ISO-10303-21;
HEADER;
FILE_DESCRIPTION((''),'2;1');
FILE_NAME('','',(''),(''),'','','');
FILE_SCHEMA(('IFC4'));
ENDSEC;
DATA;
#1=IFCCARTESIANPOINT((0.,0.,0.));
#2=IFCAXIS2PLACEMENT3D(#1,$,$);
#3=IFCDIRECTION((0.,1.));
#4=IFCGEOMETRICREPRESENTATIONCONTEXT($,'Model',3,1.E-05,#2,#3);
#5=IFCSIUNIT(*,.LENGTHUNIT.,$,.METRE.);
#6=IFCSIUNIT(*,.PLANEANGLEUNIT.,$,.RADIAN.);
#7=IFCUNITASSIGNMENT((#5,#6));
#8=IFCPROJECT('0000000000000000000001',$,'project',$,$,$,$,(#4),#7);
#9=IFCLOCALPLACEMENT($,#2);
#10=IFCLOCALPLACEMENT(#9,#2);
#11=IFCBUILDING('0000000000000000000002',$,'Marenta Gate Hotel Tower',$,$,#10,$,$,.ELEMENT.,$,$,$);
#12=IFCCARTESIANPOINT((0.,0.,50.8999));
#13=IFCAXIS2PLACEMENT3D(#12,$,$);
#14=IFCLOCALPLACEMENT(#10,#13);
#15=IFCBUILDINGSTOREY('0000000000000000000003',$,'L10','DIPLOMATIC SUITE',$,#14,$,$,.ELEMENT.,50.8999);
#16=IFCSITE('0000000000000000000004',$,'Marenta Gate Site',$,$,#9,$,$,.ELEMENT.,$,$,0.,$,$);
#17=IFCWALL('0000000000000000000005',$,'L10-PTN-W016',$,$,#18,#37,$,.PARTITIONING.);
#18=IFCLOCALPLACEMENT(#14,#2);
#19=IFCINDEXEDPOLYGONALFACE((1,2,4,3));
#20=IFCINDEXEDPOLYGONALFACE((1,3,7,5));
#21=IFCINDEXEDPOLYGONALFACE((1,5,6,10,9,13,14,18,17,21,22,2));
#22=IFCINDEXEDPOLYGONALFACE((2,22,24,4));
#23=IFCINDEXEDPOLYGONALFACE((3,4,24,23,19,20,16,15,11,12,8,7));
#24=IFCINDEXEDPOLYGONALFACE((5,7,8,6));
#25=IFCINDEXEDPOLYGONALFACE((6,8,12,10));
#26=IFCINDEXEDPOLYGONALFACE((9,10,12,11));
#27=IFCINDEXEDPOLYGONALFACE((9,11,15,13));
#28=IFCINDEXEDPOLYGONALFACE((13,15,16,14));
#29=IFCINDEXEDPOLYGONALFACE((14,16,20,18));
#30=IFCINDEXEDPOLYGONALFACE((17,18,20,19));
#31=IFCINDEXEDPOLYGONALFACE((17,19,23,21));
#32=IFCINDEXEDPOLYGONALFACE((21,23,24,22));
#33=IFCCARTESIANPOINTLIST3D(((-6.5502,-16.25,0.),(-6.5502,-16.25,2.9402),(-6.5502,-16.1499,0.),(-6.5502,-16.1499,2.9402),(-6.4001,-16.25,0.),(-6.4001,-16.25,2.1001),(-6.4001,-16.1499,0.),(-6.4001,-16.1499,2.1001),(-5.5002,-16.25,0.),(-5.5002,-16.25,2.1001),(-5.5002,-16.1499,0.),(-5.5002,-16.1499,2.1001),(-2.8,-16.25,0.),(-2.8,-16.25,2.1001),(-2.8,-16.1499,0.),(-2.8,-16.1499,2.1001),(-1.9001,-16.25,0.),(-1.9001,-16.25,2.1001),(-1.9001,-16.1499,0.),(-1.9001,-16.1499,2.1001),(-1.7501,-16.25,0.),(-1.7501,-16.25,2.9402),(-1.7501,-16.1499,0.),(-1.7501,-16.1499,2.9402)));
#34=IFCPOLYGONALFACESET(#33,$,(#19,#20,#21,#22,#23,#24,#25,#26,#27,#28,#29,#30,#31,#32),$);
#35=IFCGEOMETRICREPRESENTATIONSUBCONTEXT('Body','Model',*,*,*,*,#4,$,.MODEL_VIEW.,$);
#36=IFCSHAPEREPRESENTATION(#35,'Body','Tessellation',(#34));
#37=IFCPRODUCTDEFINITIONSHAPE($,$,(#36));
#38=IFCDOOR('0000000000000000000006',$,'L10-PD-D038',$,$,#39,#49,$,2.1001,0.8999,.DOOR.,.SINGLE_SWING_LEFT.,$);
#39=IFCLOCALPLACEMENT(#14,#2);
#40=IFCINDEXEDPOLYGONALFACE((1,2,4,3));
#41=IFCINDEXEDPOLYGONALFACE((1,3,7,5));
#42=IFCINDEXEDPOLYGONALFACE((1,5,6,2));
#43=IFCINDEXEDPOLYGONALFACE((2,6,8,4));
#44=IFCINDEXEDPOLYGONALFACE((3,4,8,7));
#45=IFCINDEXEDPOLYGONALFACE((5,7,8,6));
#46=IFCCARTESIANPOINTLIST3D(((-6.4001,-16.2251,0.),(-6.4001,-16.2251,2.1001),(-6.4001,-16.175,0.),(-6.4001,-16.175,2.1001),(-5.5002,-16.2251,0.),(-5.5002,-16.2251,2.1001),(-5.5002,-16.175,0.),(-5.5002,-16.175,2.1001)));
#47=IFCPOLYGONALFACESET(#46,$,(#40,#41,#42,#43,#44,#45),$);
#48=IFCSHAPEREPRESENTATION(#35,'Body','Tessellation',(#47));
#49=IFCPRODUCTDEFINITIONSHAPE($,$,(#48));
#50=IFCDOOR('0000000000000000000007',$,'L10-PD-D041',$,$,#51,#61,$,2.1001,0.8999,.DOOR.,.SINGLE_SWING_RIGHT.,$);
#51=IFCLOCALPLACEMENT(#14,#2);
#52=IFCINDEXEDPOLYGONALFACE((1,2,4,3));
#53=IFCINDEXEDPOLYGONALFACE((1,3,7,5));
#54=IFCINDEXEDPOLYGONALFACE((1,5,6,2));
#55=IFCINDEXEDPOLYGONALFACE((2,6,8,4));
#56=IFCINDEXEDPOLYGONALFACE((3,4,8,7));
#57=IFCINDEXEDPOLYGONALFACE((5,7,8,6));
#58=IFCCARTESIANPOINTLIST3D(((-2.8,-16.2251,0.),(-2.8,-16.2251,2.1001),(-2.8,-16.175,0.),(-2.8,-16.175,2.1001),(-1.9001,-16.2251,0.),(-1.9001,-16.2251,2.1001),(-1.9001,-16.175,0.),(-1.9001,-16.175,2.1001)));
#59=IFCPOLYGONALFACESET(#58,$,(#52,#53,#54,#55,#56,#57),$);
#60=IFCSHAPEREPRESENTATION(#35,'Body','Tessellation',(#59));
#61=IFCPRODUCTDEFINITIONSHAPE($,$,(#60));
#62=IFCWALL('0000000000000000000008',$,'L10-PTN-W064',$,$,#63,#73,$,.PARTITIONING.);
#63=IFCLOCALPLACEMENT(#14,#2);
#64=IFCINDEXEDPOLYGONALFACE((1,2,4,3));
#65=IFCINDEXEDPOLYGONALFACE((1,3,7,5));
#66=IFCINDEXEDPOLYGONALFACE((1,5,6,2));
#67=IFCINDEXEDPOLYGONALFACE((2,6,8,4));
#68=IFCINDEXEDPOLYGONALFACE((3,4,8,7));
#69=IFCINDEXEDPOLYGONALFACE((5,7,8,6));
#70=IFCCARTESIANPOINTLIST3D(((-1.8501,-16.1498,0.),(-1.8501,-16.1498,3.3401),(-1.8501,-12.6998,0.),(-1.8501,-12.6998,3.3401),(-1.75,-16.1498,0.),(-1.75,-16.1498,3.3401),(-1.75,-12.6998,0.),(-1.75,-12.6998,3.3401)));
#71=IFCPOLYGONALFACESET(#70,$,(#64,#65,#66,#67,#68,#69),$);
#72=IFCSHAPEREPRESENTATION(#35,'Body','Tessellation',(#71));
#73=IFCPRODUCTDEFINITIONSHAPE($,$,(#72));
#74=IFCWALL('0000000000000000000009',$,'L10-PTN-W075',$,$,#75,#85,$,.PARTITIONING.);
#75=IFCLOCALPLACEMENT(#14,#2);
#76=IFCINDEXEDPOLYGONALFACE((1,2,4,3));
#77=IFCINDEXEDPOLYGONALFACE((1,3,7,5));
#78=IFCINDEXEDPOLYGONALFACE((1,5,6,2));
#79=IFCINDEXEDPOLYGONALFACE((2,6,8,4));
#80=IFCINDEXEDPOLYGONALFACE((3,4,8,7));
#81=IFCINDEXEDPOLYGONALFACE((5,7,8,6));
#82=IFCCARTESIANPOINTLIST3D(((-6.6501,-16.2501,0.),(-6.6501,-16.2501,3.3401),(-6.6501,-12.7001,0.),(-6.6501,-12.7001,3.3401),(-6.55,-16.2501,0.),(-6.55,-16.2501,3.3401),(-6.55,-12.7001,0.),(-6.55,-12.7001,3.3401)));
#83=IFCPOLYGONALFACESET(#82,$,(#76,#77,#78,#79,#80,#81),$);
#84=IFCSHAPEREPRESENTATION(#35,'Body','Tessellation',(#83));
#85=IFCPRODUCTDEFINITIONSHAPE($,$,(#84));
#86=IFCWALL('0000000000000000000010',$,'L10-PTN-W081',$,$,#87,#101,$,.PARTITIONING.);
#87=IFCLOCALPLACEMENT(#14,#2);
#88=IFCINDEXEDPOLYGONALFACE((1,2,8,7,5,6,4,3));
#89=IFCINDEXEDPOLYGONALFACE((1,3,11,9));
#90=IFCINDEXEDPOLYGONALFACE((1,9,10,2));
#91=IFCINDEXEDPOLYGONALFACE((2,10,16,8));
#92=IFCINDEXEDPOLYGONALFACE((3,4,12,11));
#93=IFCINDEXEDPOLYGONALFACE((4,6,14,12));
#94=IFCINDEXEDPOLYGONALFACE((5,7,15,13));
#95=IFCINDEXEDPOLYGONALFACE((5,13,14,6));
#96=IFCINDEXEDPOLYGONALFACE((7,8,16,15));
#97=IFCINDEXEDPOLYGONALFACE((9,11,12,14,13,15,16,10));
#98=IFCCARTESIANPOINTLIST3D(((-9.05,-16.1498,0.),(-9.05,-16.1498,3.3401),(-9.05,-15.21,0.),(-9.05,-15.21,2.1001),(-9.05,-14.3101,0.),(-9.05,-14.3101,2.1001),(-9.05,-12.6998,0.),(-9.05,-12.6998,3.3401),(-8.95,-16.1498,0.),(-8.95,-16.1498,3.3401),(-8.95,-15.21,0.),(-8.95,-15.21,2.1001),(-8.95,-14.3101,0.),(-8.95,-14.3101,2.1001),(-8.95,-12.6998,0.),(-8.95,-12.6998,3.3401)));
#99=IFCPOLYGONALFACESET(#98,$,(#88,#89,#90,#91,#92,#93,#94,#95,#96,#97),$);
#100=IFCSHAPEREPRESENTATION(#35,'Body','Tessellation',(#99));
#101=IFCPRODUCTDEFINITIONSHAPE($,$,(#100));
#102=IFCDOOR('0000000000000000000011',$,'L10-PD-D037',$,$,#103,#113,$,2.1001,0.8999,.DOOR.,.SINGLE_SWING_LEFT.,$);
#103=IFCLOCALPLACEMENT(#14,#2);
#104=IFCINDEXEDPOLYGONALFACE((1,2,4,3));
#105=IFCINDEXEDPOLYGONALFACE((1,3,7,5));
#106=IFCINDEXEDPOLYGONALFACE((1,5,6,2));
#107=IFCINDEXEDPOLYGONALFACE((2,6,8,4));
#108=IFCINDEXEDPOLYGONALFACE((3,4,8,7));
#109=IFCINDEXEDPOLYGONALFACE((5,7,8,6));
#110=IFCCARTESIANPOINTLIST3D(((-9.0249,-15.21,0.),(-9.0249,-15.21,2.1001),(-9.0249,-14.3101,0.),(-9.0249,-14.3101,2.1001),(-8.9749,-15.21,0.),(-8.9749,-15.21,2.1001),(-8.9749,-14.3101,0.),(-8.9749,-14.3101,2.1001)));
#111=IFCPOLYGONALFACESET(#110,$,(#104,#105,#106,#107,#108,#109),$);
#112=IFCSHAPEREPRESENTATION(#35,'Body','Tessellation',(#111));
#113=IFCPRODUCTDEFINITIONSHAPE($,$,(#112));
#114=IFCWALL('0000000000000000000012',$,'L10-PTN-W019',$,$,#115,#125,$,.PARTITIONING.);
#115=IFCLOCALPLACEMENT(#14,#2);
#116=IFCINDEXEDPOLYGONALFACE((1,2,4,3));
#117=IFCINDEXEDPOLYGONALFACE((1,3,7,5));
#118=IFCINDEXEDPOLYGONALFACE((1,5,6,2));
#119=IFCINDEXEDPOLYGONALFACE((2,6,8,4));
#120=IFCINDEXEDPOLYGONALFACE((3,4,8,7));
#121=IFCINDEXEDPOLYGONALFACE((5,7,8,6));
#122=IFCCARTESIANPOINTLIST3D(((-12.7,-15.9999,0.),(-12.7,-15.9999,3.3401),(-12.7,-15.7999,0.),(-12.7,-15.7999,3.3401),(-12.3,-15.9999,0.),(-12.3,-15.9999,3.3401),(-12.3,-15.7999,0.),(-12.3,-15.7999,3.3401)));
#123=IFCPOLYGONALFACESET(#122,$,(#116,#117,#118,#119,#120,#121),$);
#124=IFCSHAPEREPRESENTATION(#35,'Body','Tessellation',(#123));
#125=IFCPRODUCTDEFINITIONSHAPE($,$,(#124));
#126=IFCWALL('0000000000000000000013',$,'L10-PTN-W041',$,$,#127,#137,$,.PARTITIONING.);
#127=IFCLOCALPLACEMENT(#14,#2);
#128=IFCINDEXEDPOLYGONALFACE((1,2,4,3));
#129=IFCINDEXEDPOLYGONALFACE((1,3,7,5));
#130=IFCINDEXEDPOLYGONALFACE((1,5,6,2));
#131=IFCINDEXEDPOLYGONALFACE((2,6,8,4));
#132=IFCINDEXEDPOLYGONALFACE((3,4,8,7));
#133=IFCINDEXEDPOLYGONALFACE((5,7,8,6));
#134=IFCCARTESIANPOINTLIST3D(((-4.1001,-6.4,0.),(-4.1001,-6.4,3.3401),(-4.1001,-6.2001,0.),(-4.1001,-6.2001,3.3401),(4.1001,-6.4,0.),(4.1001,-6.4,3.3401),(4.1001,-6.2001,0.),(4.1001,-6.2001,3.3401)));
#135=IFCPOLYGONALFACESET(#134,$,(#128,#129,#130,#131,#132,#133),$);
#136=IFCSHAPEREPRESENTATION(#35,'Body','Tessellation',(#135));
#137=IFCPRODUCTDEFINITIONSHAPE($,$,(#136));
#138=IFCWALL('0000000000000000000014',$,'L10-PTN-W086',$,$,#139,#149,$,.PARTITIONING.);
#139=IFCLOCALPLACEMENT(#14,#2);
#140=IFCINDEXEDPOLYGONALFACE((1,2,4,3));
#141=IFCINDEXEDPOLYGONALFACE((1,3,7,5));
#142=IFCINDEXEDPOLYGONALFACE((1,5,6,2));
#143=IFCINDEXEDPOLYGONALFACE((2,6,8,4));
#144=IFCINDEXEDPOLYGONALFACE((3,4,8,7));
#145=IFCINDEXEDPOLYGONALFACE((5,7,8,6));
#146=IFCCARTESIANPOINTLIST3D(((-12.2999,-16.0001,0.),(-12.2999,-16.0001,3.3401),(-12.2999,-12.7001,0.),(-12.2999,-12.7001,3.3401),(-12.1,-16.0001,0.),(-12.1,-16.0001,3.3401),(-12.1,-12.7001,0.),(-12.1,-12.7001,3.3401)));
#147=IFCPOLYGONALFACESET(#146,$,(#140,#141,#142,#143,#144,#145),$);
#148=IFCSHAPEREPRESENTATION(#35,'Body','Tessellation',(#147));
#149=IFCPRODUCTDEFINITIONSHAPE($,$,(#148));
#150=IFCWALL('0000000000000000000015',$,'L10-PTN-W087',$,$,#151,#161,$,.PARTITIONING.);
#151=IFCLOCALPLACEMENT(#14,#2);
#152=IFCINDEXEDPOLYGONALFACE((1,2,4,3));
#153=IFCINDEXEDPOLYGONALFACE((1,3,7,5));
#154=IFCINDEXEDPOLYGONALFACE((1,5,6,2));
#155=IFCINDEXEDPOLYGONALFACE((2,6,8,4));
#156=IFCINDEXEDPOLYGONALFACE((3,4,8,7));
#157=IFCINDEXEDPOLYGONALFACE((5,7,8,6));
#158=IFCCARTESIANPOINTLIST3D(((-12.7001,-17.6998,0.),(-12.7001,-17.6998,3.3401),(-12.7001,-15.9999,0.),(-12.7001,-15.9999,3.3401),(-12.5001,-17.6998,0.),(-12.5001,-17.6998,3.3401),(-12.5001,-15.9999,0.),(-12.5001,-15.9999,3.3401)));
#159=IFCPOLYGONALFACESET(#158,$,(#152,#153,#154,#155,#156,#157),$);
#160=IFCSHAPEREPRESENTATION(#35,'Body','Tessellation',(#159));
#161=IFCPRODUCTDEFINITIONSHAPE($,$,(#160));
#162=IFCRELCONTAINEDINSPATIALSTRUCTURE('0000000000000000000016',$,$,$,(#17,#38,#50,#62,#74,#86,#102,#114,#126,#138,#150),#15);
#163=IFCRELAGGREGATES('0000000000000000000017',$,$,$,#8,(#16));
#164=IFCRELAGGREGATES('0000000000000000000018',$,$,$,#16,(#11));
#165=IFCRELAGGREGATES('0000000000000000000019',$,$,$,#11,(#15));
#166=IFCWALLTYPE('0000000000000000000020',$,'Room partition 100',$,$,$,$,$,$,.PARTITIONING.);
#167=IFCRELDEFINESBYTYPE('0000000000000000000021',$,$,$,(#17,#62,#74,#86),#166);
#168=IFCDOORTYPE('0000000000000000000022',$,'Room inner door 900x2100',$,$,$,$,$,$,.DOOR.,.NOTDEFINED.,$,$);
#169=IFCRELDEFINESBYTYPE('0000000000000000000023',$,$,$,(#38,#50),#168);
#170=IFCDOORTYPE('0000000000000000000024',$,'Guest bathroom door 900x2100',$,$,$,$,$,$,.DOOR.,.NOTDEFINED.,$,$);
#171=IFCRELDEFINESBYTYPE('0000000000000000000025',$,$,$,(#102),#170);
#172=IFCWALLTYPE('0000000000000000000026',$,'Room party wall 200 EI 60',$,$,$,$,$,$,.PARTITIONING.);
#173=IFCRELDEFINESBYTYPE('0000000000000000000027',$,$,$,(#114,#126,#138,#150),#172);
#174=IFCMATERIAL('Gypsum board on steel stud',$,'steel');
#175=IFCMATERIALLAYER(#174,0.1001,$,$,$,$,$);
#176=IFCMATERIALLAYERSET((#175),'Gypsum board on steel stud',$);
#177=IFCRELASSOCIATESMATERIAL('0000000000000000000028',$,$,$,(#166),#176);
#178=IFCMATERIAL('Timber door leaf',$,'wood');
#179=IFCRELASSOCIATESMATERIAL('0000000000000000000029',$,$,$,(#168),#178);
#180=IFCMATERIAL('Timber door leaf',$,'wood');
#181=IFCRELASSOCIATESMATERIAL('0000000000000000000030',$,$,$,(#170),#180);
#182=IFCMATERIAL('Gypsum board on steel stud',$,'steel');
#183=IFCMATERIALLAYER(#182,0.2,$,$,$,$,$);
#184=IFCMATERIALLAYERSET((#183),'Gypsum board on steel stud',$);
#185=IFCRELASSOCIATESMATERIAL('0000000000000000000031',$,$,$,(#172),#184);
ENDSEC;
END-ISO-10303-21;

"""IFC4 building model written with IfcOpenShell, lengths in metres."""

from ifc_helpers import new_model, si_unit, direction, frame, frame_2d, origin, place, context, subcontext, project, spatial, rectangle, extrude, material, layer, layer_set, type_object, element, fill, save


model = new_model("IFC4")

# Units and contexts
model_context = context("Model", 3, precision=1e-05, world=origin(), true_north=direction((0.0, 1.0)))
body_context = subcontext(model_context, "Body", "Model", "MODEL_VIEW")
ifc_project = project(units=[si_unit("LENGTHUNIT", "METRE"), si_unit("PLANEANGLEUNIT", "RADIAN")], contexts=[model_context])

# Site, building, storey
site_placement = place(None, origin())
site = spatial("IfcSite", under=ifc_project, at=site_placement, Name="Marenta Gate Site", CompositionType="ELEMENT", RefElevation=0.0)
building_placement = place(site_placement, origin())
building = spatial("IfcBuilding", under=site, at=building_placement, Name="Marenta Gate Hotel Tower", CompositionType="ELEMENT")
storey_placement = place(building_placement, frame((0.0, 0.0, 50.8999)))
storey = spatial("IfcBuildingStorey", under=building, at=storey_placement, Name="L10", Description="DIPLOMATIC SUITE", CompositionType="ELEMENT", Elevation=50.8999)

# Shared definitions
ifc_material_1 = material(Name="Gypsum board on steel stud", Category="steel")
ifc_layer_1 = layer(ifc_material_1, 0.1001)
ifc_layer_set_1 = layer_set([ifc_layer_1], Name="Gypsum board on steel stud")
wall_type_1 = type_object("IfcWallType", Name="Room partition 100", PredefinedType="PARTITIONING", material=ifc_layer_set_1)

# Wall, openings, doors
wall_1_placement = place(storey_placement, frame((-6.55, -16.2, 0.0), z_axis=(0.0, 0.0, 1.0), x_axis=(1.0, 0.0, 0.0)))
wall_1 = element("IfcWall", 1, at=wall_1_placement, inside=storey, type_object=wall_type_1, Name="L10-PTN-W016", PredefinedType="PARTITIONING", context=body_context, shape_type="SweptSolid", body=[
    extrude(rectangle(XDim=4.8, YDim=0.1001, at=frame_2d((2.3999, 0.0))), origin(), (0.0, 0.0, 1.0), 2.9402),
])
opening_1_placement = place(wall_1_placement, frame((0.1499, 0.0, 0.0)))
opening_1 = element("IfcOpeningElement", 2, at=opening_1_placement, cuts=wall_1, PredefinedType="OPENING", context=body_context, shape_type="SweptSolid", body=[
    extrude(rectangle(XDim=0.8999, YDim=2.1001, at=frame_2d((0.45, 1.05))), frame((0.0, 0.05, 0.0), z_axis=(0.0, -1.0, 0.0), x_axis=(1.0, 0.0, 0.0)), (0.0, 0.0, 1.0), 0.1001),
])
opening_2_placement = place(wall_1_placement, frame((3.75, 0.0, 0.0)))
opening_2 = element("IfcOpeningElement", 3, at=opening_2_placement, cuts=wall_1, PredefinedType="OPENING", context=body_context, shape_type="SweptSolid", body=[
    extrude(rectangle(XDim=0.8999, YDim=2.1001, at=frame_2d((0.45, 1.05))), frame((0.0, 0.05, 0.0), z_axis=(0.0, -1.0, 0.0), x_axis=(1.0, 0.0, 0.0)), (0.0, 0.0, 1.0), 0.1001),
])
ifc_material_2 = material(Name="Timber door leaf", Category="wood")
door_type_1 = type_object("IfcDoorType", Name="Room inner door 900x2100", OperationType="NOTDEFINED", PredefinedType="DOOR", material=ifc_material_2)
door_1_placement = place(opening_1_placement, origin())
door_1 = element("IfcDoor", 4, at=door_1_placement, inside=storey, type_object=door_type_1, Name="L10-PD-D038", OperationType="SINGLE_SWING_LEFT", OverallHeight=2.1001, OverallWidth=0.8999, PredefinedType="DOOR", context=body_context, shape_type="SweptSolid", body=[
    extrude(rectangle(XDim=0.8999, YDim=2.1001, at=frame_2d((0.45, 1.05))), frame((0.0, 0.0249, 0.0), z_axis=(0.0, -1.0, 0.0), x_axis=(1.0, 0.0, 0.0)), (0.0, 0.0, 1.0), 0.05),
])
fill(opening_1, door_1)
door_2_placement = place(opening_2_placement, origin())
door_2 = element("IfcDoor", 5, at=door_2_placement, inside=storey, type_object=door_type_1, Name="L10-PD-D041", OperationType="SINGLE_SWING_RIGHT", OverallHeight=2.1001, OverallWidth=0.8999, PredefinedType="DOOR", context=body_context, shape_type="SweptSolid", body=[
    extrude(rectangle(XDim=0.8999, YDim=2.1001, at=frame_2d((0.45, 1.05))), frame((0.0, 0.0249, 0.0), z_axis=(0.0, -1.0, 0.0), x_axis=(1.0, 0.0, 0.0)), (0.0, 0.0, 1.0), 0.05),
])
fill(opening_2, door_2)

# Walls
wall_2_placement = place(storey_placement, frame((-1.8, -16.1499, 0.0), z_axis=(0.0, 0.0, 1.0), x_axis=(0.0, 1.0, 0.0)))
element("IfcWall", 6, at=wall_2_placement, inside=storey, type_object=wall_type_1, Name="L10-PTN-W064", PredefinedType="PARTITIONING", context=body_context, shape_type="SweptSolid", body=[
    extrude(rectangle(XDim=3.45, YDim=0.1001, at=frame_2d((1.7251, 0.0))), origin(), (0.0, 0.0, 1.0), 3.3401),
])
wall_3_placement = place(storey_placement, frame((-6.6001, -16.25, 0.0), z_axis=(0.0, 0.0, 1.0), x_axis=(0.0, 1.0, 0.0)))
element("IfcWall", 7, at=wall_3_placement, inside=storey, type_object=wall_type_1, Name="L10-PTN-W075", PredefinedType="PARTITIONING", context=body_context, shape_type="SweptSolid", body=[
    extrude(rectangle(XDim=3.55, YDim=0.1001, at=frame_2d((1.7749, 0.0))), origin(), (0.0, 0.0, 1.0), 3.3401),
])

# Wall, opening, door
wall_4_placement = place(storey_placement, frame((-9.0, -16.1499, 0.0), z_axis=(0.0, 0.0, 1.0), x_axis=(0.0, 1.0, 0.0)))
wall_4 = element("IfcWall", 8, at=wall_4_placement, inside=storey, type_object=wall_type_1, Name="L10-PTN-W081", PredefinedType="PARTITIONING", context=body_context, shape_type="SweptSolid", body=[
    extrude(rectangle(XDim=3.45, YDim=0.1001, at=frame_2d((1.7251, 0.0))), origin(), (0.0, 0.0, 1.0), 3.3401),
])
opening_3_placement = place(wall_4_placement, frame((0.9399, 0.0, 0.0)))
opening_3 = element("IfcOpeningElement", 9, at=opening_3_placement, cuts=wall_4, PredefinedType="OPENING", context=body_context, shape_type="SweptSolid", body=[
    extrude(rectangle(XDim=0.8999, YDim=2.1001, at=frame_2d((0.45, 1.05))), frame((0.0, 0.05, 0.0), z_axis=(0.0, -1.0, 0.0), x_axis=(1.0, 0.0, 0.0)), (0.0, 0.0, 1.0), 0.1001),
])
ifc_material_3 = material(Name="Timber door leaf", Category="wood")
door_type_2 = type_object("IfcDoorType", Name="Guest bathroom door 900x2100", OperationType="NOTDEFINED", PredefinedType="DOOR", material=ifc_material_3)
door_3_placement = place(opening_3_placement, origin())
door_3 = element("IfcDoor", 10, at=door_3_placement, inside=storey, type_object=door_type_2, Name="L10-PD-D037", OperationType="SINGLE_SWING_LEFT", OverallHeight=2.1001, OverallWidth=0.8999, PredefinedType="DOOR", context=body_context, shape_type="SweptSolid", body=[
    extrude(rectangle(XDim=0.8999, YDim=2.1001, at=frame_2d((0.45, 1.05))), frame((0.0, 0.0249, 0.0), z_axis=(0.0, -1.0, 0.0), x_axis=(1.0, 0.0, 0.0)), (0.0, 0.0, 1.0), 0.05),
])
fill(opening_3, door_3)

# Walls
ifc_material_4 = material(Name="Gypsum board on steel stud", Category="steel")
ifc_layer_2 = layer(ifc_material_4, 0.2)
ifc_layer_set_2 = layer_set([ifc_layer_2], Name="Gypsum board on steel stud")
wall_type_2 = type_object("IfcWallType", Name="Room party wall 200 EI 60", PredefinedType="PARTITIONING", material=ifc_layer_set_2)
wall_5_placement = place(storey_placement, frame((-12.7, -15.8999, 0.0), z_axis=(0.0, 0.0, 1.0), x_axis=(1.0, 0.0, 0.0)))
element("IfcWall", 11, at=wall_5_placement, inside=storey, type_object=wall_type_2, Name="L10-PTN-W019", PredefinedType="PARTITIONING", context=body_context, shape_type="SweptSolid", body=[
    extrude(rectangle(XDim=0.3999, YDim=0.2, at=frame_2d((0.2, 0.0))), origin(), (0.0, 0.0, 1.0), 3.3401),
])
wall_6_placement = place(storey_placement, frame((-4.1001, -6.3, 0.0), z_axis=(0.0, 0.0, 1.0), x_axis=(1.0, 0.0, 0.0)))
element("IfcWall", 12, at=wall_6_placement, inside=storey, type_object=wall_type_2, Name="L10-PTN-W041", PredefinedType="PARTITIONING", context=body_context, shape_type="SweptSolid", body=[
    extrude(rectangle(XDim=8.2002, YDim=0.2, at=frame_2d((4.1001, 0.0))), origin(), (0.0, 0.0, 1.0), 3.3401),
])
wall_7_placement = place(storey_placement, frame((-12.2, -16.0, 0.0), z_axis=(0.0, 0.0, 1.0), x_axis=(0.0, 1.0, 0.0)))
element("IfcWall", 13, at=wall_7_placement, inside=storey, type_object=wall_type_2, Name="L10-PTN-W086", PredefinedType="PARTITIONING", context=body_context, shape_type="SweptSolid", body=[
    extrude(rectangle(XDim=3.3, YDim=0.2, at=frame_2d((1.6499, 0.0))), origin(), (0.0, 0.0, 1.0), 3.3401),
])
wall_8_placement = place(storey_placement, frame((-12.6001, -17.7, 0.0), z_axis=(0.0, 0.0, 1.0), x_axis=(0.0, 1.0, 0.0)))
element("IfcWall", 14, at=wall_8_placement, inside=storey, type_object=wall_type_2, Name="L10-PTN-W087", PredefinedType="PARTITIONING", context=body_context, shape_type="SweptSolid", body=[
    extrude(rectangle(XDim=1.7, YDim=0.2, at=frame_2d((0.8501, 0.0))), origin(), (0.0, 0.0, 1.0), 3.3401),
])

save(model, "model.ifc")
